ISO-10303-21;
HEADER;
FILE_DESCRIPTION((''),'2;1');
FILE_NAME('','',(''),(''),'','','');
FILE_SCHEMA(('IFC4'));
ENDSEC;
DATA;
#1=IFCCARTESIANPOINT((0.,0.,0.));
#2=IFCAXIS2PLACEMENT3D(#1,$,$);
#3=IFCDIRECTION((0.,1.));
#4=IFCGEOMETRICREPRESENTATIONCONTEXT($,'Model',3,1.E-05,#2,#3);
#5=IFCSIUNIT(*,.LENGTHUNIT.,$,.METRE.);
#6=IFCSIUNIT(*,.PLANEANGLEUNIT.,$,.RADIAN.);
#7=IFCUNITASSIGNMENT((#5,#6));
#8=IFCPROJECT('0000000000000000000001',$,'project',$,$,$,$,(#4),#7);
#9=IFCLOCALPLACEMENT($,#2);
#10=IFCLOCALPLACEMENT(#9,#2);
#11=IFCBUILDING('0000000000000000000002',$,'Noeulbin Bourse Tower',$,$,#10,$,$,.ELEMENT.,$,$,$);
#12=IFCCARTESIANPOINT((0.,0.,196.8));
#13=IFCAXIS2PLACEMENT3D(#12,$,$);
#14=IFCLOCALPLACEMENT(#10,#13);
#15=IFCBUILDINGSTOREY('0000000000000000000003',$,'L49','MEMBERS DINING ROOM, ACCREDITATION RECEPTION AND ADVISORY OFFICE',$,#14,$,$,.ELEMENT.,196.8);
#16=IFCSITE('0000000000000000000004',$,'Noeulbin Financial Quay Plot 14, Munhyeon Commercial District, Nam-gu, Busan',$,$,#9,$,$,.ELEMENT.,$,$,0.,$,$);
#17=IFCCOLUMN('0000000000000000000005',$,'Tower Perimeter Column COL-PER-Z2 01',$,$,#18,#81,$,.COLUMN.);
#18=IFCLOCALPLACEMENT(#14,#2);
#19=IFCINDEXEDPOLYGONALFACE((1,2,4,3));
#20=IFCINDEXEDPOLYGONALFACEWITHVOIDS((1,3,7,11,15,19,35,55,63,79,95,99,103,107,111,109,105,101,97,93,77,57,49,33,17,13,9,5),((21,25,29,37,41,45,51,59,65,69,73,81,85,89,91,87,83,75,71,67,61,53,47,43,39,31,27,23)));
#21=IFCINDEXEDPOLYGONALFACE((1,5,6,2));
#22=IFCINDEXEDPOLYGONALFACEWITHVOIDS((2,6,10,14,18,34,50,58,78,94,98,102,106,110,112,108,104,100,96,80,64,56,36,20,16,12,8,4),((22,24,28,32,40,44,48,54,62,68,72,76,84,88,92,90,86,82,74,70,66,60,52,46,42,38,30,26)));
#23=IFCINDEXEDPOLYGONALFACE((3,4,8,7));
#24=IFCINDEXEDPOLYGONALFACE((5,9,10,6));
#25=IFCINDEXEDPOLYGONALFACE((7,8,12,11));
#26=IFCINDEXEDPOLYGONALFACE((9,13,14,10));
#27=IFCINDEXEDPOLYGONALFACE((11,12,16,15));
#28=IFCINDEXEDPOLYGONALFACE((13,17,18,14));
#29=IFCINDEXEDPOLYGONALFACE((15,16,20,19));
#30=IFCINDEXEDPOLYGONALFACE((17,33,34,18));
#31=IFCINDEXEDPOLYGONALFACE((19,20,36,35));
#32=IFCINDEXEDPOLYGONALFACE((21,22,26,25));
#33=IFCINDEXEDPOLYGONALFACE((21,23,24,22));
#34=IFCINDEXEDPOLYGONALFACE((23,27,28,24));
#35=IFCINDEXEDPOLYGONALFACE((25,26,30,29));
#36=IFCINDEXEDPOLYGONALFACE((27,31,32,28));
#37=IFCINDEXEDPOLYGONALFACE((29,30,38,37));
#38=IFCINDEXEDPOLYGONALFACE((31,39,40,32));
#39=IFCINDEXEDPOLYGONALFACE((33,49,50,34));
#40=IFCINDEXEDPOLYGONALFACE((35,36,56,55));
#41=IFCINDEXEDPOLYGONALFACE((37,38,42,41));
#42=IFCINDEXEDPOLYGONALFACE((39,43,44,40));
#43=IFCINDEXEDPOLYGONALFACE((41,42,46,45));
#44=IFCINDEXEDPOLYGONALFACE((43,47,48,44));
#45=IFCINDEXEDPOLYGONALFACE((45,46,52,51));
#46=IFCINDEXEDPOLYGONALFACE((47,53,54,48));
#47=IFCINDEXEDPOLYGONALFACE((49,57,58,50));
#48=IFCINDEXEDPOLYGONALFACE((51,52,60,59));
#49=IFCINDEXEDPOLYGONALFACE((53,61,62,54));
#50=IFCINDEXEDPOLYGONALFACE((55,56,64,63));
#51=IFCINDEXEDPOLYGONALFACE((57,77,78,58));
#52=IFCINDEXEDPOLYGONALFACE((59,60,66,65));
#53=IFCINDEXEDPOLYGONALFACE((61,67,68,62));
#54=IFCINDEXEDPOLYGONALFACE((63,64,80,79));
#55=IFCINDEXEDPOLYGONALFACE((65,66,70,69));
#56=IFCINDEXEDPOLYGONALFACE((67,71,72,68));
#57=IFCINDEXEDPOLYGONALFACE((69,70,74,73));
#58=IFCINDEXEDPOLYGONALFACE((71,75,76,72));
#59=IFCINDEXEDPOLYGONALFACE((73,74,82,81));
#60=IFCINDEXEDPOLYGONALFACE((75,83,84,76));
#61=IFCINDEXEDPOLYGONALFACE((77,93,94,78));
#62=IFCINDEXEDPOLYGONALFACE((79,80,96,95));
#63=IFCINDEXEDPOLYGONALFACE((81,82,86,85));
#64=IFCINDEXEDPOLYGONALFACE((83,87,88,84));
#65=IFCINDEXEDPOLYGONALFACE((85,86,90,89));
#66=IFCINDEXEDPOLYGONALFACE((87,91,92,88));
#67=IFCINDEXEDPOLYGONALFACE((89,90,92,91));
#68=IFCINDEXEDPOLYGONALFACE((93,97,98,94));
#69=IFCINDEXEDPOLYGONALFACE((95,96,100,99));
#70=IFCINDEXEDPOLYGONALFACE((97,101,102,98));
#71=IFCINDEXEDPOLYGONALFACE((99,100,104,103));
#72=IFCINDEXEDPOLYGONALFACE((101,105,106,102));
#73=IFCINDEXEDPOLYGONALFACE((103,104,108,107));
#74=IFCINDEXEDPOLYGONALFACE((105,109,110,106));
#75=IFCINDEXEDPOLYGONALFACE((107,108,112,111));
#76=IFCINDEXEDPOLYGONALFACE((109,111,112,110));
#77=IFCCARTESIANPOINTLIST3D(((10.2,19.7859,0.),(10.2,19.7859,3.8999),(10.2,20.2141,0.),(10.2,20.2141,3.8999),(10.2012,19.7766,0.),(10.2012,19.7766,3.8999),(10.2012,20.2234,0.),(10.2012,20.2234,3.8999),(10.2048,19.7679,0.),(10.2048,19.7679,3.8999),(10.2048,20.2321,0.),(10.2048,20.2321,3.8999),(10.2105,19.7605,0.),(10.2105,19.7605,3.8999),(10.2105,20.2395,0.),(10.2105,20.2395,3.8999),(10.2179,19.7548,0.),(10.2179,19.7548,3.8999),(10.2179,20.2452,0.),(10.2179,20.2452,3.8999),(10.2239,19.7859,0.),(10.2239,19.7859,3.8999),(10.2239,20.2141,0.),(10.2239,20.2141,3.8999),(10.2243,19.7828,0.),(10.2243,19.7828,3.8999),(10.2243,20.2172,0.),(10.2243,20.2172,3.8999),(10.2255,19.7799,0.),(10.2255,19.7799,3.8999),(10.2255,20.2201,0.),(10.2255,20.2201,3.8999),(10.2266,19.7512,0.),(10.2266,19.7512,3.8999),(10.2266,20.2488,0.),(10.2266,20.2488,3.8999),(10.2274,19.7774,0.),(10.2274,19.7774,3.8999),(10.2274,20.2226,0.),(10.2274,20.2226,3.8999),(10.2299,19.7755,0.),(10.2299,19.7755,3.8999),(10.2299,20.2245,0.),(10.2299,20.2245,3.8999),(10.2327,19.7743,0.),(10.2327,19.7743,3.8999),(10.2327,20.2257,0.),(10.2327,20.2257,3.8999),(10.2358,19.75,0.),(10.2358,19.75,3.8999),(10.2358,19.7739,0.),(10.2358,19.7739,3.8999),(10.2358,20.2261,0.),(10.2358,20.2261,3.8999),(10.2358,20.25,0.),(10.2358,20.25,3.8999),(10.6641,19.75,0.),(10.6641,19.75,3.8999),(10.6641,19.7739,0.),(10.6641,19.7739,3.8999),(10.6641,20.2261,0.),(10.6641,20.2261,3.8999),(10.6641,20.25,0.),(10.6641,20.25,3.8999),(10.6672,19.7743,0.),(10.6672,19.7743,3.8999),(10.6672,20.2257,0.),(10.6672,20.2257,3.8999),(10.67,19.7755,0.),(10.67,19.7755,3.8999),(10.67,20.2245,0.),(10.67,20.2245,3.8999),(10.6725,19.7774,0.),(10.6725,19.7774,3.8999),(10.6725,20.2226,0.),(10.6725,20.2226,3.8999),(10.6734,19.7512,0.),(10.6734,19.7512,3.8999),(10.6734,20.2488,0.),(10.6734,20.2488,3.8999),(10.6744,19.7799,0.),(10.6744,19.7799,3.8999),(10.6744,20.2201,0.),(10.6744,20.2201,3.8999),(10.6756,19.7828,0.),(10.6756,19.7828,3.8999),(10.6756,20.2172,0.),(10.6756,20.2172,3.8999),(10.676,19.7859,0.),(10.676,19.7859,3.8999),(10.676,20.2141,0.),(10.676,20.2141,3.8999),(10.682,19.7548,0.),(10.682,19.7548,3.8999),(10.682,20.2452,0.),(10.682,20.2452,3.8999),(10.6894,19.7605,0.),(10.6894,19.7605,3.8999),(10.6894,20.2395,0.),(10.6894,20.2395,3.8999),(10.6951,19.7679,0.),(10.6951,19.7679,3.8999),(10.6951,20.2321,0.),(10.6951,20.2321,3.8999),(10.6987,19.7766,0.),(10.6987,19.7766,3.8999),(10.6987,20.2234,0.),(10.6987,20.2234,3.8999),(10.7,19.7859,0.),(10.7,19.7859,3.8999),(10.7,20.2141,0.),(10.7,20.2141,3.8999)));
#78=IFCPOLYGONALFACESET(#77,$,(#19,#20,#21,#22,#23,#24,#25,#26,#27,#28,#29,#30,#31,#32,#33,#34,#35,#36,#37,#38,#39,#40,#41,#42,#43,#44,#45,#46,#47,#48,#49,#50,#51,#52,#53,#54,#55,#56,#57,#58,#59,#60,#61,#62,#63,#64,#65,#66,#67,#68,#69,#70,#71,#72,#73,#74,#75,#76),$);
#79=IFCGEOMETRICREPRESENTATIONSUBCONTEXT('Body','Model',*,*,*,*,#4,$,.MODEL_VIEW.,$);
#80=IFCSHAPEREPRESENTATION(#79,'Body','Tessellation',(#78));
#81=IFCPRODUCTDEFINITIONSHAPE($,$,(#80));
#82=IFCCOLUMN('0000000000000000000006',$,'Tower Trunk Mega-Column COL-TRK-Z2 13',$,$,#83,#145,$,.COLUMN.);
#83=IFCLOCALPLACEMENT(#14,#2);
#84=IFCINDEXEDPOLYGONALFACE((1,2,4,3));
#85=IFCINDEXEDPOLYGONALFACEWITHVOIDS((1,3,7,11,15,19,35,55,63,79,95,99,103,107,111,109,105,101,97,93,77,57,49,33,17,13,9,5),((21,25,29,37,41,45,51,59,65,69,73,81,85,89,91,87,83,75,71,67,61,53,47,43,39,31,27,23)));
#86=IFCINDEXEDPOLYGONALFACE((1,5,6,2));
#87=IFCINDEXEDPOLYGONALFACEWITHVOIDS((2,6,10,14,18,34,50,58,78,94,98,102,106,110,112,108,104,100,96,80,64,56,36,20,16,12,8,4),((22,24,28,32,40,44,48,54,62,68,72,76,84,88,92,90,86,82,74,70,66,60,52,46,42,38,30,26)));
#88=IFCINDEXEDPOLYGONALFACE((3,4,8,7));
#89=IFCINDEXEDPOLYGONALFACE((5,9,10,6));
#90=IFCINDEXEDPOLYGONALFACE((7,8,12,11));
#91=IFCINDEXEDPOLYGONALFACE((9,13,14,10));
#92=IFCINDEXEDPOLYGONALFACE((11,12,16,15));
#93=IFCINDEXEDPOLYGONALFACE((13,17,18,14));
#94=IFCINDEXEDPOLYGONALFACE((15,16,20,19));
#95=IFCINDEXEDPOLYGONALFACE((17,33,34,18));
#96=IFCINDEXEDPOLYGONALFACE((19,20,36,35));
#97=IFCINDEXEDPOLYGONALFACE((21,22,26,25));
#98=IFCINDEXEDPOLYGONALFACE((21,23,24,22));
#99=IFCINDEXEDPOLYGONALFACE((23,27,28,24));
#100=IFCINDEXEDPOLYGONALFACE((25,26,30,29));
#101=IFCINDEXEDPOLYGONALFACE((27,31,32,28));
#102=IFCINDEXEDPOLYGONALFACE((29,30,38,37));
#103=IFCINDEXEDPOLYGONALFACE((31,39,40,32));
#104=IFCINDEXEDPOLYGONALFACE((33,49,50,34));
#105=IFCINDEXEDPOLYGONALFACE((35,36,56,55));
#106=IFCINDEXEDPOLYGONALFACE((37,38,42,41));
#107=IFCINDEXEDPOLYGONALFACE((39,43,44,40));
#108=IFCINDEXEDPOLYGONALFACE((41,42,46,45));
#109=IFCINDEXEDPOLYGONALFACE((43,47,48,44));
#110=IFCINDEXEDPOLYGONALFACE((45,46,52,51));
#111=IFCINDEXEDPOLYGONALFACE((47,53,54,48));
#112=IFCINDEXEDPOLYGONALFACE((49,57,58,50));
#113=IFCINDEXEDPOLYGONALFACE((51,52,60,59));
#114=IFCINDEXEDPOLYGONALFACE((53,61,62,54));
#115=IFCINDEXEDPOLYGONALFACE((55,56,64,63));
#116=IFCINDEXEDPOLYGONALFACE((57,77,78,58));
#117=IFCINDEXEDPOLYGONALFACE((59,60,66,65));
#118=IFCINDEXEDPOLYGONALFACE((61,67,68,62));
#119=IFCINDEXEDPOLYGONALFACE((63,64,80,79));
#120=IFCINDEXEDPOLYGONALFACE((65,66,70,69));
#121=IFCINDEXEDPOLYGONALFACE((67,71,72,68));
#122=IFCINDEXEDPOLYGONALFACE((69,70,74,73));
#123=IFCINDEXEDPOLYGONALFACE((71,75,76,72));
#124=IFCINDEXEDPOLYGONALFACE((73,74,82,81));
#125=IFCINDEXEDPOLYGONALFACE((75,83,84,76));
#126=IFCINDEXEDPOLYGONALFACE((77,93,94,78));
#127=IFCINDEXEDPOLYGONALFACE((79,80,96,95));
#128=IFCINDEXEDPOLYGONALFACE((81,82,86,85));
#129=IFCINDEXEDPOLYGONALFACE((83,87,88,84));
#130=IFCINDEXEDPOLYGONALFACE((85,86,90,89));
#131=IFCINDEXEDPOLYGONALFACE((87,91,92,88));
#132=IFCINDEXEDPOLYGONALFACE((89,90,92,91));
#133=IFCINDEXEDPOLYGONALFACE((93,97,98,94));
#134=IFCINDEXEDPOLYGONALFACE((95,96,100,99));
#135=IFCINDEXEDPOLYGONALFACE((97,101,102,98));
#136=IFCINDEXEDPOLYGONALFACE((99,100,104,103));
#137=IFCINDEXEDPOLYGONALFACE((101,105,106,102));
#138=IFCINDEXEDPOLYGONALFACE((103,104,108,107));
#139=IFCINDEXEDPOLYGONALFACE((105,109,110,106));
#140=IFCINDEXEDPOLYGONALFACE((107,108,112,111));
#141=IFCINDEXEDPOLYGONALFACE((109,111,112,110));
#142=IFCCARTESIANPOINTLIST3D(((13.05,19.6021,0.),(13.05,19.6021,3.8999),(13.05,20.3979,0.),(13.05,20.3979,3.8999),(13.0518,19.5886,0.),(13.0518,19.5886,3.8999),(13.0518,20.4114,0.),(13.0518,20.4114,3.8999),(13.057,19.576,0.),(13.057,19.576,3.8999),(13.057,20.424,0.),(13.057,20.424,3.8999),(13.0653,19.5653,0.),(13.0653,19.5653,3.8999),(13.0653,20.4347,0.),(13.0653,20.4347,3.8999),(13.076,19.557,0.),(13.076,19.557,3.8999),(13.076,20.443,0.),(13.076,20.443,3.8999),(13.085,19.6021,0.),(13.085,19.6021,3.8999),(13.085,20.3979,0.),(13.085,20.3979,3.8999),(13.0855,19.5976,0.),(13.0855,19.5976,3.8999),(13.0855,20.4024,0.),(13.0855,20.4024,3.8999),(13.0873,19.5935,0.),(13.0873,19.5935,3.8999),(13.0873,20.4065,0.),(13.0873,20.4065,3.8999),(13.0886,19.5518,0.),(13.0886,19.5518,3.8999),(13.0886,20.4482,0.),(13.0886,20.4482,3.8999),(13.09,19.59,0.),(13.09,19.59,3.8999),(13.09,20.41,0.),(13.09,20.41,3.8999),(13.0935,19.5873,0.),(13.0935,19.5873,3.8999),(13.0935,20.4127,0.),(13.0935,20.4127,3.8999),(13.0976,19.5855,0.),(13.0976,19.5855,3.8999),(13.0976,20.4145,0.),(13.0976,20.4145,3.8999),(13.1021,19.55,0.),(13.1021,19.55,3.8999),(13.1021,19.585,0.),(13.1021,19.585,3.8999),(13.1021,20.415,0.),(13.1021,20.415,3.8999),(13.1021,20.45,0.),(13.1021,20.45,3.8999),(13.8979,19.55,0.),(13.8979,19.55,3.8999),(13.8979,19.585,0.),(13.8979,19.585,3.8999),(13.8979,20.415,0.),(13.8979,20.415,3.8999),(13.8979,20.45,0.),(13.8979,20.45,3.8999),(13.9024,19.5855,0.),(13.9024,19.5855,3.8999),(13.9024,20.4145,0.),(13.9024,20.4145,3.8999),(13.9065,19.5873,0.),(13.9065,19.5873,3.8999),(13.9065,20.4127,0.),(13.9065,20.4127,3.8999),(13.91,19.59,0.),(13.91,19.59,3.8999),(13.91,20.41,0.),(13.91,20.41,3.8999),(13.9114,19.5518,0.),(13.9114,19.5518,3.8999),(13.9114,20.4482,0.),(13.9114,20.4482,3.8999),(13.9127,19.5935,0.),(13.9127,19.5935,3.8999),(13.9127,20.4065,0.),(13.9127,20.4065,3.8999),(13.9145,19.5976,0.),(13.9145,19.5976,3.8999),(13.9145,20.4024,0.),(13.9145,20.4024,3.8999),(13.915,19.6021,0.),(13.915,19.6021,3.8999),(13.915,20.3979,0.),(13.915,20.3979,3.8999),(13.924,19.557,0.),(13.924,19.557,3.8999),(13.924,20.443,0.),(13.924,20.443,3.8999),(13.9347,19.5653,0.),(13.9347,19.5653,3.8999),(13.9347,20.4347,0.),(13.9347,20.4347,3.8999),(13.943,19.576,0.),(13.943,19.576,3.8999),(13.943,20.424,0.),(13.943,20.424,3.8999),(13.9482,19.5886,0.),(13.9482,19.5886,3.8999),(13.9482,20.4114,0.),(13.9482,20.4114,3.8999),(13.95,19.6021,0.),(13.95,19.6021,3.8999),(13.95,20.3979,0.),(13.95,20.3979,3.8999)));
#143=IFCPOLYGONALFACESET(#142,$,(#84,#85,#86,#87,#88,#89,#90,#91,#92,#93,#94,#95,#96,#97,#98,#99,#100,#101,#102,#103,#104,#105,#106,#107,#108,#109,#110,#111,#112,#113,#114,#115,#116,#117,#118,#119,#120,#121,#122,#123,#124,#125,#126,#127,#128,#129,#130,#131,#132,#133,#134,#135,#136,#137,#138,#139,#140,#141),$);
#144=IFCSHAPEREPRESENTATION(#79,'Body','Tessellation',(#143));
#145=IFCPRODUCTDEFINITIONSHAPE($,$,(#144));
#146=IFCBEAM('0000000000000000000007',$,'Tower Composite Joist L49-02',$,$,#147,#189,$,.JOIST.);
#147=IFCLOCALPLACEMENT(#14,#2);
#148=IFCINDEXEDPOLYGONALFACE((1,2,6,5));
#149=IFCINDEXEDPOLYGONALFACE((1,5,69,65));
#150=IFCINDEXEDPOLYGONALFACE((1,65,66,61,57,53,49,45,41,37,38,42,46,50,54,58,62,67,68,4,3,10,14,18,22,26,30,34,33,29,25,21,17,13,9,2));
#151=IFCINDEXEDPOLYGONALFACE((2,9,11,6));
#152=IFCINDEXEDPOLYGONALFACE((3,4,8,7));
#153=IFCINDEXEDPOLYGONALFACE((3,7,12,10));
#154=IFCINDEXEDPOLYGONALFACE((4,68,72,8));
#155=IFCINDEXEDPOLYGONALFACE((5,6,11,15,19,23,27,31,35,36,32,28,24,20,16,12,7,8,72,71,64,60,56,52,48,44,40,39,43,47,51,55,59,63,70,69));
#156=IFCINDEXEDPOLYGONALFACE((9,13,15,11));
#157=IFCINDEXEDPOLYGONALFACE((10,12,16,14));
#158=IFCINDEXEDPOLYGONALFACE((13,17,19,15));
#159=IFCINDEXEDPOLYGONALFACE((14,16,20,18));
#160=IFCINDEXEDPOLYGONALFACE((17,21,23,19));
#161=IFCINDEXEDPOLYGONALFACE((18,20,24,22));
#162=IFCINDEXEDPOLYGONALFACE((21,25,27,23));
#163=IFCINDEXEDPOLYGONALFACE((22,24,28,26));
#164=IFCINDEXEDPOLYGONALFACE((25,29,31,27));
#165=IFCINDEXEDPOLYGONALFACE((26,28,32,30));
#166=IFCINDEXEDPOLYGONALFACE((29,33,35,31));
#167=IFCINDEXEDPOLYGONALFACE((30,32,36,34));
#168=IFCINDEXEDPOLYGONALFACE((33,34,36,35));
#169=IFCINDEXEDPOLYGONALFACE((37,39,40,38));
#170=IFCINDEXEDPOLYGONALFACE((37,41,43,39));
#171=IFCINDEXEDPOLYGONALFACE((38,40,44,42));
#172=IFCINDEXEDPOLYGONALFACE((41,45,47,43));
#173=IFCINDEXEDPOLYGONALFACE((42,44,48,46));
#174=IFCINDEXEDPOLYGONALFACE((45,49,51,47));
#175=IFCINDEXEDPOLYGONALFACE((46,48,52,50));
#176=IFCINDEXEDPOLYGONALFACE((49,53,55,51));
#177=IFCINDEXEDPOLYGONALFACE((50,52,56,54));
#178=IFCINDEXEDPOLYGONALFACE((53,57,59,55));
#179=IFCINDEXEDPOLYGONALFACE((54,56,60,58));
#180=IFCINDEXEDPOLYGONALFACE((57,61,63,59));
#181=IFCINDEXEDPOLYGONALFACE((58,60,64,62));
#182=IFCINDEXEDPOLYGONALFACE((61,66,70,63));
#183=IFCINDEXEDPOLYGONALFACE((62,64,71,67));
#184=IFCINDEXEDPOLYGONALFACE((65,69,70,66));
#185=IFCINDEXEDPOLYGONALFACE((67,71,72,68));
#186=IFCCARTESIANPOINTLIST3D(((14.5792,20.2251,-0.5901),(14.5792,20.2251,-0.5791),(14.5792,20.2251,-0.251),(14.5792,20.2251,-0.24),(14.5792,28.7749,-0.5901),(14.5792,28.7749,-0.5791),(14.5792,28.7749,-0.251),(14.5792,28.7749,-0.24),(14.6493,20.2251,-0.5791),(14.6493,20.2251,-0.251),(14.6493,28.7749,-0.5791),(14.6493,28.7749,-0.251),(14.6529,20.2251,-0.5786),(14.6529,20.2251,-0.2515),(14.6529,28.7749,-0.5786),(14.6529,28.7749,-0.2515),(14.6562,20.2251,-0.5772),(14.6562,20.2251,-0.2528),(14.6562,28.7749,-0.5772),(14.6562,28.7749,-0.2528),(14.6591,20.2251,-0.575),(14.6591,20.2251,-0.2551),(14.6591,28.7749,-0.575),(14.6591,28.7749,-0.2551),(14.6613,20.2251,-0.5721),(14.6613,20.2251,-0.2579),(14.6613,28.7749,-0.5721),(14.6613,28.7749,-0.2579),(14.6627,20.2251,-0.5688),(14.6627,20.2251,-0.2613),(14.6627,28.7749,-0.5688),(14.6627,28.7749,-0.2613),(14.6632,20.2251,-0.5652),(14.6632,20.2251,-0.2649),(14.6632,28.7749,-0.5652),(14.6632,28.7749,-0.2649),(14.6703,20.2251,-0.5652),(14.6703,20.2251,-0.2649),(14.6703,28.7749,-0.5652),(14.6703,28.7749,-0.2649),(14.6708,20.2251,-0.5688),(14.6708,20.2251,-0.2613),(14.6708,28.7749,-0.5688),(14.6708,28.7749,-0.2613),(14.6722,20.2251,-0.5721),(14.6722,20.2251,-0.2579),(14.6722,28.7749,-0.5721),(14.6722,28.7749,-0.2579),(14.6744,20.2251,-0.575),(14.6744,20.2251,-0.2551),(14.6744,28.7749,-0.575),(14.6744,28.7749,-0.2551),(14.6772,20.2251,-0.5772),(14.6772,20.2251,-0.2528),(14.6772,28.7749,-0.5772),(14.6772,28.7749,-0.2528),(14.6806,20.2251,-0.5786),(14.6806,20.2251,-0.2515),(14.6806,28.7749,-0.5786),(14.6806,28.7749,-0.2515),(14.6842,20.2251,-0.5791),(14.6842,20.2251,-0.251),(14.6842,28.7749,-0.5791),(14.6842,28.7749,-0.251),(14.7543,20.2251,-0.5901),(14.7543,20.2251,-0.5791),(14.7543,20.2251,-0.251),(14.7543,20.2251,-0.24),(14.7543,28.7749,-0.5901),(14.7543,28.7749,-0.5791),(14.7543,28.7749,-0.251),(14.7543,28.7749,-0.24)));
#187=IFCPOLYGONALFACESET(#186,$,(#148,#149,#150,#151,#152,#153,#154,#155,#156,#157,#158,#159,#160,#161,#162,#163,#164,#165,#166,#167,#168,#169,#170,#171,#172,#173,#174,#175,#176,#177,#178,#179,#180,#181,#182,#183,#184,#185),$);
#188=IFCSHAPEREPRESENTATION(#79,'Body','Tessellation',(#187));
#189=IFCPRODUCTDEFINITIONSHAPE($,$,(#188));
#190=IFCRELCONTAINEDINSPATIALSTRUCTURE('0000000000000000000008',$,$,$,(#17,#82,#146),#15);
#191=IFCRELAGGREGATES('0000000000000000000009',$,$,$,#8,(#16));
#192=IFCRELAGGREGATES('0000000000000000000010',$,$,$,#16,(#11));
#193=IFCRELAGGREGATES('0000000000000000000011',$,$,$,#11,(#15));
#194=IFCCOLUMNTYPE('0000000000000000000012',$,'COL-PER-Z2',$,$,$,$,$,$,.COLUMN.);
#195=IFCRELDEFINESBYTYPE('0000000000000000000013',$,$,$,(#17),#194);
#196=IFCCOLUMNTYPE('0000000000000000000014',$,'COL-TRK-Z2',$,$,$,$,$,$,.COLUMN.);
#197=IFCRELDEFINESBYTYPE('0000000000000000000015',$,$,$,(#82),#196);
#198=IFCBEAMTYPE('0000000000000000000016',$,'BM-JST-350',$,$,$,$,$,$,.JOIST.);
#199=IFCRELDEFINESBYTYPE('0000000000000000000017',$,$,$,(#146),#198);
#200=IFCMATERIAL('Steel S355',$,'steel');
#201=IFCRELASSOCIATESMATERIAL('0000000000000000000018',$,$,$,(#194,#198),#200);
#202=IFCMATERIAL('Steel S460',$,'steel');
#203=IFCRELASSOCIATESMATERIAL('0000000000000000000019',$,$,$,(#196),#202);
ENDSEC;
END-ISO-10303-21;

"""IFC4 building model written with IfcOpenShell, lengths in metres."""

from ifc_helpers import new_model, si_unit, direction, frame, origin, origin_2d, place, context, subcontext, project, spatial, hollow_rectangle, i_section, extrude, material, material_profile, profile_set, type_object, element, save


model = new_model("IFC4")

# Units and contexts
model_context = context("Model", 3, precision=1e-05, world=origin(), true_north=direction((0.0, 1.0)))
body_context = subcontext(model_context, "Body", "Model", "MODEL_VIEW")
ifc_project = project(units=[si_unit("LENGTHUNIT", "METRE"), si_unit("PLANEANGLEUNIT", "RADIAN")], contexts=[model_context])

# Site, building, storey
site_placement = place(None, origin())
site = spatial("IfcSite", under=ifc_project, at=site_placement, Name="Noeulbin Financial Quay Plot 14, Munhyeon Commercial District, Nam-gu, Busan", CompositionType="ELEMENT", RefElevation=0.0)
building_placement = place(site_placement, origin())
building = spatial("IfcBuilding", under=site, at=building_placement, Name="Noeulbin Bourse Tower", CompositionType="ELEMENT")
storey_placement = place(building_placement, frame((0.0, 0.0, 196.8)))
storey = spatial("IfcBuildingStorey", under=building, at=storey_placement, Name="L49", Description="MEMBERS DINING ROOM, ACCREDITATION RECEPTION AND ADVISORY OFFICE", CompositionType="ELEMENT", Elevation=196.8)

# Columns
ifc_material_1 = material(Name="Steel S355", Category="steel")
ifc_material_profile_1 = material_profile(ifc_material_1, hollow_rectangle(XDim=0.5, YDim=0.5, WallThickness=0.0239, InnerFilletRadius=0.012, OuterFilletRadius=0.0359, at=origin_2d()), Name="BOX-500x500x24", Category="LoadBearing")
ifc_profile_set_1 = profile_set([ifc_material_profile_1], Name="Steel S355")
column_type_1 = type_object("IfcColumnType", Name="COL-PER-Z2", PredefinedType="COLUMN", material=ifc_profile_set_1)
column_1_placement = place(storey_placement, frame((10.45, 20.0, 0.0), z_axis=(0.0, 0.0, 1.0), x_axis=(1.0, 0.0, 0.0)))
element("IfcColumn", 1, at=column_1_placement, inside=storey, type_object=column_type_1, Name="Tower Perimeter Column COL-PER-Z2 01", PredefinedType="COLUMN", context=body_context, shape_type="SweptSolid", body=[
    extrude(hollow_rectangle(XDim=0.5, YDim=0.5, WallThickness=0.0239, InnerFilletRadius=0.012, OuterFilletRadius=0.0359, at=origin_2d()), origin(), (0.0, 0.0, 1.0), 3.8999),
])
ifc_material_2 = material(Name="Steel S460", Category="steel")
ifc_material_profile_2 = material_profile(ifc_material_2, hollow_rectangle(XDim=0.8999, YDim=0.8999, WallThickness=0.0349, InnerFilletRadius=0.0171, OuterFilletRadius=0.052, at=origin_2d()), Name="BOX-900x900x35", Category="LoadBearing")
ifc_profile_set_2 = profile_set([ifc_material_profile_2], Name="Steel S460")
column_type_2 = type_object("IfcColumnType", Name="COL-TRK-Z2", PredefinedType="COLUMN", material=ifc_profile_set_2)
column_2_placement = place(storey_placement, frame((13.5, 20.0, 0.0), z_axis=(0.0, 0.0, 1.0), x_axis=(1.0, 0.0, 0.0)))
element("IfcColumn", 2, at=column_2_placement, inside=storey, type_object=column_type_2, Name="Tower Trunk Mega-Column COL-TRK-Z2 13", PredefinedType="COLUMN", context=body_context, shape_type="SweptSolid", body=[
    extrude(hollow_rectangle(XDim=0.8999, YDim=0.8999, WallThickness=0.0349, InnerFilletRadius=0.0171, OuterFilletRadius=0.052, at=origin_2d()), origin(), (0.0, 0.0, 1.0), 3.8999),
])

# Beam
ifc_material_profile_3 = material_profile(ifc_material_1, i_section(OverallWidth=0.175, OverallDepth=0.3501, WebThickness=0.0071, FlangeThickness=0.011, FilletRadius=0.0139, at=origin_2d()), Name="H-350x175x7x11", Category="LoadBearing")
ifc_profile_set_3 = profile_set([ifc_material_profile_3], Name="Steel S355")
beam_type_1 = type_object("IfcBeamType", Name="BM-JST-350", PredefinedType="JOIST", material=ifc_profile_set_3)
for number, where, z_axis, x_axis, name in (
    (3, (14.6667, 20.2251, -0.415), (0.0, 1.0, 0.0), (-1.0, 0.0, 0.0), "Tower Composite Joist L49-02"),
):
    element("IfcBeam", number, at=place(storey_placement, frame(where, z_axis=z_axis, x_axis=x_axis)), inside=storey, type_object=beam_type_1, Name=name, PredefinedType="JOIST", context=body_context, shape_type="SweptSolid", body=[
        extrude(i_section(OverallWidth=0.175, OverallDepth=0.3501, WebThickness=0.0071, FlangeThickness=0.011, FilletRadius=0.0139, at=origin_2d()), origin(), (0.0, 0.0, 1.0), 8.5498),
    ])

save(model, "model.ifc")
